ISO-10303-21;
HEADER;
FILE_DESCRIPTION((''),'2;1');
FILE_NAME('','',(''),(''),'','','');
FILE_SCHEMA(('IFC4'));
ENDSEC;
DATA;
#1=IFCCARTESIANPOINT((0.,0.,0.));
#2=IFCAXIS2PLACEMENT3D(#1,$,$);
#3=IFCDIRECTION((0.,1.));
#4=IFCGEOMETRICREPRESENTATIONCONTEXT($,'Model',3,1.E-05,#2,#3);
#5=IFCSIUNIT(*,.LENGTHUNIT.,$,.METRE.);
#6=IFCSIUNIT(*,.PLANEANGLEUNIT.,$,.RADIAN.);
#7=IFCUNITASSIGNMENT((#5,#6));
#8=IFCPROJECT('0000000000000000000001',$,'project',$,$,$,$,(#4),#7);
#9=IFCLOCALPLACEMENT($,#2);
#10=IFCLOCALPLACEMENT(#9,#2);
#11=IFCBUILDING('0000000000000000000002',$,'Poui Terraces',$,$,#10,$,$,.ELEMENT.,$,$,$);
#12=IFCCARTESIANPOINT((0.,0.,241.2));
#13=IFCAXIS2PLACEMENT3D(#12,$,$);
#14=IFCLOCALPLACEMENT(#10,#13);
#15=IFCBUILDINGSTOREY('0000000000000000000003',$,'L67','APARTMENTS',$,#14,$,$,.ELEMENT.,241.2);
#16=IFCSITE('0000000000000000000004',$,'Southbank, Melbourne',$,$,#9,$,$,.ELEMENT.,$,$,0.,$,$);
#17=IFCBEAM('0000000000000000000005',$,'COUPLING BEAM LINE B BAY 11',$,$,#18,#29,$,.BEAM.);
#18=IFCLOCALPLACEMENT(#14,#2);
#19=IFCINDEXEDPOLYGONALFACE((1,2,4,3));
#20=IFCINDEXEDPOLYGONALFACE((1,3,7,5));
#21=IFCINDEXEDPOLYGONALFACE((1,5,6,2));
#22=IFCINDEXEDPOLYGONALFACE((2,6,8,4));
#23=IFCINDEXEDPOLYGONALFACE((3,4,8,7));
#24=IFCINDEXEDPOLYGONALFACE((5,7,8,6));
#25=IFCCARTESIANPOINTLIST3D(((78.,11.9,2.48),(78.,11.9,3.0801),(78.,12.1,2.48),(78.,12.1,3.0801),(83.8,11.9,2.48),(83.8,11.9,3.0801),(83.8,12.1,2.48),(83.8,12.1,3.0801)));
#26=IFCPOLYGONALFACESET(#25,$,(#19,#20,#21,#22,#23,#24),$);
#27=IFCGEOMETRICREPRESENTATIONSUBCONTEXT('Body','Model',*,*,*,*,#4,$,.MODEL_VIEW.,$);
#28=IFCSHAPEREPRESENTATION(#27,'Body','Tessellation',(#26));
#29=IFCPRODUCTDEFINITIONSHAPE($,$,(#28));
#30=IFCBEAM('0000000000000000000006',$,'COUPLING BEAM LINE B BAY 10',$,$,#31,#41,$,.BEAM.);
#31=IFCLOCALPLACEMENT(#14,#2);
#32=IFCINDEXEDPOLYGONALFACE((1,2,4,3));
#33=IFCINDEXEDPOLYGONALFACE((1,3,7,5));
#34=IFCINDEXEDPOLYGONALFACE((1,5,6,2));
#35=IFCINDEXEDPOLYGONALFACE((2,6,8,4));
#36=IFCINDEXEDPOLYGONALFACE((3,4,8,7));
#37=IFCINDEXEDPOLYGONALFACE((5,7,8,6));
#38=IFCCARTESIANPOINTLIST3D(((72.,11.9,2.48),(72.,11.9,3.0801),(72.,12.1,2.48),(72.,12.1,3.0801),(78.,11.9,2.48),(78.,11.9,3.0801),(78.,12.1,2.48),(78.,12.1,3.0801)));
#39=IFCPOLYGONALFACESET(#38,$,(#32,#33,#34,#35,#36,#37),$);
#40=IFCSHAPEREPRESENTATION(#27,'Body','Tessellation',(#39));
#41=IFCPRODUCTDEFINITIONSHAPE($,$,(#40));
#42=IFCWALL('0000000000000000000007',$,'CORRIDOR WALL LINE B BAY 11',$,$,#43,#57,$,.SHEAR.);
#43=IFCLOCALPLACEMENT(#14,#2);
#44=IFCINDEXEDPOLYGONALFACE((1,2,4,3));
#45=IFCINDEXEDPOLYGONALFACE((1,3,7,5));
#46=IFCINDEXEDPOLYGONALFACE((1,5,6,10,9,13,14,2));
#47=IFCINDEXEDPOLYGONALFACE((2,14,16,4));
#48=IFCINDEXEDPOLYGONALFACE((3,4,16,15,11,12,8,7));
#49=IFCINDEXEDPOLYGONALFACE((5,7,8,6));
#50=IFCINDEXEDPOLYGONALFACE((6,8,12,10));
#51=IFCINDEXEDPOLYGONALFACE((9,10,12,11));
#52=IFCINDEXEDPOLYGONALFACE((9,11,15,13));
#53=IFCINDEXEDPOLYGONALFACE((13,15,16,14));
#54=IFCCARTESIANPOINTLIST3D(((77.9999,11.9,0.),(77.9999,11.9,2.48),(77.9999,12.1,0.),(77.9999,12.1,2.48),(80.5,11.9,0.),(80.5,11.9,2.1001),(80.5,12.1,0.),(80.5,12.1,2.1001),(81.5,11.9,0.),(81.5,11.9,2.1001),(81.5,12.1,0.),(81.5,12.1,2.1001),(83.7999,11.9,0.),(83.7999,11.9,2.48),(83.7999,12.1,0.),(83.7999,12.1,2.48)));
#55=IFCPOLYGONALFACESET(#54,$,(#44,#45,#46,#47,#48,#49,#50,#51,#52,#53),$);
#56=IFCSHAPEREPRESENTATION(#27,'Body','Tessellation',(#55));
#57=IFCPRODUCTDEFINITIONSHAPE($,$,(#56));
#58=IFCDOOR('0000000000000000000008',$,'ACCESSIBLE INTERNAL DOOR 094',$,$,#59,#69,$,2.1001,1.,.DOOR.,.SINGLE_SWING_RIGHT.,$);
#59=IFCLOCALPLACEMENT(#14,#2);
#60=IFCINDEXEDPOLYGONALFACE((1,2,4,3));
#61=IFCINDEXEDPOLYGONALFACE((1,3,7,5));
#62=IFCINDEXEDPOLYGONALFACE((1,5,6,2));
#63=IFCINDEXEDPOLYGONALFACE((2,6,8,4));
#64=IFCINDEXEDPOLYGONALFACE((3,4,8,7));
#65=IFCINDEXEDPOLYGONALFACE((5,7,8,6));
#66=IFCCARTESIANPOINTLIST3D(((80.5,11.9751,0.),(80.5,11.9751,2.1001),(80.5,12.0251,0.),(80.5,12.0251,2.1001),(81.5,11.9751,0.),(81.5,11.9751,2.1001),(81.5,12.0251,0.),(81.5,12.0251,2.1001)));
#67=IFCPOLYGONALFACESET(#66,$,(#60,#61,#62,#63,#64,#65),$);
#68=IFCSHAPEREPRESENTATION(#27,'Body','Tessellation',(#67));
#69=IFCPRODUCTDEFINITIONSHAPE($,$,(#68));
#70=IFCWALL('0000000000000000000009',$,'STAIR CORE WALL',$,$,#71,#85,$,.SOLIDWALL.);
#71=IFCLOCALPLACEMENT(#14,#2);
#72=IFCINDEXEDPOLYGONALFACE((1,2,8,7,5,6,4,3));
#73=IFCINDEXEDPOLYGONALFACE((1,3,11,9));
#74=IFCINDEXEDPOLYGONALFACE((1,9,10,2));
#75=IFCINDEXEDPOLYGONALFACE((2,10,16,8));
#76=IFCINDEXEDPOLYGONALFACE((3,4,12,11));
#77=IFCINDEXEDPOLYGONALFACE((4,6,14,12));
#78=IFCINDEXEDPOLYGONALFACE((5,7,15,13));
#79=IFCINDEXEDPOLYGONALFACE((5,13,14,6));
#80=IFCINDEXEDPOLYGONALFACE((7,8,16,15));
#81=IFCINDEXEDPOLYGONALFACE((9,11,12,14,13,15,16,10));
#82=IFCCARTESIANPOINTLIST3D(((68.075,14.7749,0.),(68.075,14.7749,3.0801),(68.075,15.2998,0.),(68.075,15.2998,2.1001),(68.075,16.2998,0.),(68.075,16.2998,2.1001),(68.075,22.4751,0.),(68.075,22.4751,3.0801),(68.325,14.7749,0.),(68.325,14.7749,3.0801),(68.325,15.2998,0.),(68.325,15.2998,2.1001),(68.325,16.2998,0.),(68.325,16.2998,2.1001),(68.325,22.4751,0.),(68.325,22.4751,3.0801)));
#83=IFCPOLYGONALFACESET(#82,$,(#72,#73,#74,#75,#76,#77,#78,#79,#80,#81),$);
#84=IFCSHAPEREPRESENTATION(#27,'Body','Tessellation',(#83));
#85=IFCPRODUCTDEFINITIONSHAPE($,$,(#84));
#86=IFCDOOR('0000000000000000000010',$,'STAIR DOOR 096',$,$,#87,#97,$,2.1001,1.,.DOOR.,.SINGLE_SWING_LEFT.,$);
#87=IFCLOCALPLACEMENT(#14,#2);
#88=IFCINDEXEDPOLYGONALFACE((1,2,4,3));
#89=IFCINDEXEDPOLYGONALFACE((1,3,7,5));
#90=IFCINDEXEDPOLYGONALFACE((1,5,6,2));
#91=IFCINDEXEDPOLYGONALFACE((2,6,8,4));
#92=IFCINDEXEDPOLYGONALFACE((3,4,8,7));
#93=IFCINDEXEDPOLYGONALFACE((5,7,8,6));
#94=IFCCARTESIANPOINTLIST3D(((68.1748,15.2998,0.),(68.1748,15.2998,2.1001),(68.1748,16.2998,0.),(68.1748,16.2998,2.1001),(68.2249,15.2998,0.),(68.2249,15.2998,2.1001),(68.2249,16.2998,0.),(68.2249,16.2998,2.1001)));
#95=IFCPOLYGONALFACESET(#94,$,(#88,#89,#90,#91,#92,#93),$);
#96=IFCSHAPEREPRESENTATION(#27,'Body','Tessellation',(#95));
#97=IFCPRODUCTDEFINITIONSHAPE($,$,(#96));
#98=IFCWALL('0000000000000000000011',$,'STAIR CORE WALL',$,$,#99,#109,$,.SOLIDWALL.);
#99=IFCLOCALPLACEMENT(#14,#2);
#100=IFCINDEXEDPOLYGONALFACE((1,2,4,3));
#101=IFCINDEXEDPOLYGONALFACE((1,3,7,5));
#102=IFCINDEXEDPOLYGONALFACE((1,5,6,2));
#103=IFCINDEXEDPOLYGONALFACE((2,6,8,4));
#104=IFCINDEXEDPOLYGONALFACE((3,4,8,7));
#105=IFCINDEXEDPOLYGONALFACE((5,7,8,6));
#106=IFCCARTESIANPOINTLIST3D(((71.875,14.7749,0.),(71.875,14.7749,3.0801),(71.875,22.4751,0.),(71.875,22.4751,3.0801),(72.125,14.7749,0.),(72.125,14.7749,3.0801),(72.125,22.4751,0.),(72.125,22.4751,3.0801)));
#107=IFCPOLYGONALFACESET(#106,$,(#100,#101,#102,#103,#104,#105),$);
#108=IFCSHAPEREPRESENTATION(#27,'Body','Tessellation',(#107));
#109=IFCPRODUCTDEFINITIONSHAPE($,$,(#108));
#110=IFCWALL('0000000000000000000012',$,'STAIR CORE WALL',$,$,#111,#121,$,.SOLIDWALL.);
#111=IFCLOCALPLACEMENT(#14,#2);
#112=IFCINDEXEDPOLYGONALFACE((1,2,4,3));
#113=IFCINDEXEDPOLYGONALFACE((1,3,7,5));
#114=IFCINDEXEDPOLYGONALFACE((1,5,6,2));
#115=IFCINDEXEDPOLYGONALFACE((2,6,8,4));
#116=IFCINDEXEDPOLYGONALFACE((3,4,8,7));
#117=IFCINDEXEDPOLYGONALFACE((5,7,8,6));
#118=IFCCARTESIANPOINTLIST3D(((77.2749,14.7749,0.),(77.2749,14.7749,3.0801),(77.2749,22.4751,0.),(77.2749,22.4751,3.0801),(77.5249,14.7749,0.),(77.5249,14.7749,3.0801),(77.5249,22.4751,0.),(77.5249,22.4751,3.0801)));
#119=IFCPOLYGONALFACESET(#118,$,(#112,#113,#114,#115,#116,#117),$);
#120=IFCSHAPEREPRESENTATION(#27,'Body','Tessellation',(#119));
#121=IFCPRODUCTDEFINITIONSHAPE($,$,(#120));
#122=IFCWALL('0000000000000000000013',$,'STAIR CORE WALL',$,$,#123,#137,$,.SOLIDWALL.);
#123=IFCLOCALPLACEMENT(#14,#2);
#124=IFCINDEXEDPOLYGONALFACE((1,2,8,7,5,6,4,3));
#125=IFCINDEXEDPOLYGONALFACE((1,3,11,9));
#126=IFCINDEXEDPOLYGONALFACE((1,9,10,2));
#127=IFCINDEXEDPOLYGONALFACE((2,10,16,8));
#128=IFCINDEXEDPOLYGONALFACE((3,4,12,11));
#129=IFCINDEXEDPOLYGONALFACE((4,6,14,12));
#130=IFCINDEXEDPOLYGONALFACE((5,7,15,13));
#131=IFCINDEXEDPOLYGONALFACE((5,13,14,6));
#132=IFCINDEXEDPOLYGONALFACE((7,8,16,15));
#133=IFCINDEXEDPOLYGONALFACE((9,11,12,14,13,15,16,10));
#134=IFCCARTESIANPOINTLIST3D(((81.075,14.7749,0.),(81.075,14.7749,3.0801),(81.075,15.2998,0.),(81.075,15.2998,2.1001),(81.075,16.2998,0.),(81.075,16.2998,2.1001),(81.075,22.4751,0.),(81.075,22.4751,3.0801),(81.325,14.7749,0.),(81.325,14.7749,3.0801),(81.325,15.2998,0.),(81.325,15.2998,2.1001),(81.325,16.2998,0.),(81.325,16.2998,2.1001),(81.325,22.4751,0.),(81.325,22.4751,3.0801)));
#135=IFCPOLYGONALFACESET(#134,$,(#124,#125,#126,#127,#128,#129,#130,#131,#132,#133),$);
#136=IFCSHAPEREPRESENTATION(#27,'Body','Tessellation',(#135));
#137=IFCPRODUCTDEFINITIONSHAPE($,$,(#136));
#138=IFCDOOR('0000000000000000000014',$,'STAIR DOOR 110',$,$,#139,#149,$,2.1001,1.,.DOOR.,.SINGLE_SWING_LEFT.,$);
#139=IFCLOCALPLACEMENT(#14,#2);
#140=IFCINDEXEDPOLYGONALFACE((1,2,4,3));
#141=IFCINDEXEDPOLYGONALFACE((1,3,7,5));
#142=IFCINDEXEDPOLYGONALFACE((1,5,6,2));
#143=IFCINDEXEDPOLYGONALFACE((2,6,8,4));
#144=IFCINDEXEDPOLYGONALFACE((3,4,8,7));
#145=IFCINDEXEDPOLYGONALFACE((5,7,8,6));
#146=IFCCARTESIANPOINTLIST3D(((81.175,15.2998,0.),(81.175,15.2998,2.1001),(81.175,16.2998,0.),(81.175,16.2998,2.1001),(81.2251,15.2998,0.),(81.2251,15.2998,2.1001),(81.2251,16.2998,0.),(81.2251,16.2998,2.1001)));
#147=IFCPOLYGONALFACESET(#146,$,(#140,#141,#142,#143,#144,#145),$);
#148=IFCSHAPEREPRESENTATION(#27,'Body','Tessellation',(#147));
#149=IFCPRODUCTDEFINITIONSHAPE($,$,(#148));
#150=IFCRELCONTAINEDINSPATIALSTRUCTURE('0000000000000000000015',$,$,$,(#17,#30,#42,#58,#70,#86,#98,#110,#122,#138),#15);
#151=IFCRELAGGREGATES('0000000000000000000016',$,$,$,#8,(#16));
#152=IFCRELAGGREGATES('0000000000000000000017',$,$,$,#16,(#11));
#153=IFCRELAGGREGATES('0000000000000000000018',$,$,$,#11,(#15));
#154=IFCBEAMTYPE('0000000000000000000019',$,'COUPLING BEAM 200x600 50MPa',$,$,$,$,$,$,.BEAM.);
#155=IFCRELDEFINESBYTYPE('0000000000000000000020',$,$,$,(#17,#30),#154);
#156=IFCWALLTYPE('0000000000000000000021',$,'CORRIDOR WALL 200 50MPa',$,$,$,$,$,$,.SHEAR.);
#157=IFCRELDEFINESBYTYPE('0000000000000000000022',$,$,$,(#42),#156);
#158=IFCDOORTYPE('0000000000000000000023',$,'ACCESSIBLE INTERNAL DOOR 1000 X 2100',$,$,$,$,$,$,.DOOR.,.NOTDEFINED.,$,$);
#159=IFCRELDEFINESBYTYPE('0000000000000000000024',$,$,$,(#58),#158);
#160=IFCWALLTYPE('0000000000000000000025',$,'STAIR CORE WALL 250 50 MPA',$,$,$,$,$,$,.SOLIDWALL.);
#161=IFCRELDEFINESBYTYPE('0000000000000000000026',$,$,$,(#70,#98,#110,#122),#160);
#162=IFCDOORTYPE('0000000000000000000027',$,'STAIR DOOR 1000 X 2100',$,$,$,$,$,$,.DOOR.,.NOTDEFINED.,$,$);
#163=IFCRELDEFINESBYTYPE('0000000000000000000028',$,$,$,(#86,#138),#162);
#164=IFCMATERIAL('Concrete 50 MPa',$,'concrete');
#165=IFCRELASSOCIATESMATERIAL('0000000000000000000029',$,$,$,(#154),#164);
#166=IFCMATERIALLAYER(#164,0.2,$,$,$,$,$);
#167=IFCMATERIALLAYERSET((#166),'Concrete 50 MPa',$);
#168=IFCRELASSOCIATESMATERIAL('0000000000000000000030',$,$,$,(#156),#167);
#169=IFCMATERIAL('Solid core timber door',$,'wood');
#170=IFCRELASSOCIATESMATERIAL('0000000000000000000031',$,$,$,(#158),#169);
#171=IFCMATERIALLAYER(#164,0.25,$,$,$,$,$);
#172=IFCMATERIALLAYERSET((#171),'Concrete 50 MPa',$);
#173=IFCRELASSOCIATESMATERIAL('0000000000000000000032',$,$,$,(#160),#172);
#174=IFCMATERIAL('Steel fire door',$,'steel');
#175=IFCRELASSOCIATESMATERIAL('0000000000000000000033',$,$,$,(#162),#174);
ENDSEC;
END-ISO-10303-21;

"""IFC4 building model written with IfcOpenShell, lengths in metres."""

from ifc_helpers import new_model, si_unit, direction, frame, frame_2d, origin, origin_2d, place, context, subcontext, project, spatial, rectangle, extrude, source, transform, mapped, material, layer, layer_set, material_profile, profile_set, type_object, element, fill, save


model = new_model("IFC4")

# Units and contexts
model_context = context("Model", 3, precision=1e-05, world=origin(), true_north=direction((0.0, 1.0)))
body_context = subcontext(model_context, "Body", "Model", "MODEL_VIEW")
ifc_project = project(units=[si_unit("LENGTHUNIT", "METRE"), si_unit("PLANEANGLEUNIT", "RADIAN")], contexts=[model_context])

# Site, building, storey
site_placement = place(None, origin())
site = spatial("IfcSite", under=ifc_project, at=site_placement, Name="Southbank, Melbourne", CompositionType="ELEMENT", RefElevation=0.0)
building_placement = place(site_placement, origin())
building = spatial("IfcBuilding", under=site, at=building_placement, Name="Poui Terraces", CompositionType="ELEMENT")
storey_placement = place(building_placement, frame((0.0, 0.0, 241.2)))
storey = spatial("IfcBuildingStorey", under=building, at=storey_placement, Name="L67", Description="APARTMENTS", CompositionType="ELEMENT", Elevation=241.2)

# Beams
ifc_material_1 = material(Name="Concrete 50 MPa", Category="concrete")
ifc_material_profile = material_profile(ifc_material_1, rectangle(XDim=0.2, YDim=0.6001, at=origin_2d()), Name="RC 200x600")
ifc_profile_set = profile_set([ifc_material_profile], Name="Concrete 50 MPa")
beam_type = type_object("IfcBeamType", Name="COUPLING BEAM 200x600 50MPa", PredefinedType="BEAM", material=ifc_profile_set)
shared_shape_1 = source(origin(), body_context, "Body", "SweptSolid", [
    extrude(rectangle(XDim=0.2, YDim=0.6001, at=origin_2d()), origin(), (0.0, 0.0, 1.0), 5.8),
])
beam_1_placement = place(storey_placement, frame((78.0, 12.0, 2.78), z_axis=(1.0, 0.0, 0.0), x_axis=(0.0, 1.0, 0.0)))
element("IfcBeam", 1, at=beam_1_placement, inside=storey, type_object=beam_type, Name="COUPLING BEAM LINE B BAY 11", PredefinedType="BEAM", context=body_context, shape_type="MappedRepresentation", body=[
    mapped(shared_shape_1, transform((0.0, 0.0, 0.0))),
])
shared_shape_2 = source(origin(), body_context, "Body", "SweptSolid", [
    extrude(rectangle(XDim=0.2, YDim=0.6001, at=origin_2d()), origin(), (0.0, 0.0, 1.0), 6.0),
])
beam_2_placement = place(storey_placement, frame((72.0, 12.0, 2.78), z_axis=(1.0, 0.0, 0.0), x_axis=(0.0, 1.0, 0.0)))
element("IfcBeam", 2, at=beam_2_placement, inside=storey, type_object=beam_type, Name="COUPLING BEAM LINE B BAY 10", PredefinedType="BEAM", context=body_context, shape_type="MappedRepresentation", body=[
    mapped(shared_shape_2, transform((0.0, 0.0, 0.0))),
])

# Walls, openings, doors
ifc_layer_1 = layer(ifc_material_1, 0.2)
ifc_layer_set_1 = layer_set([ifc_layer_1], Name="Concrete 50 MPa")
wall_type_1 = type_object("IfcWallType", Name="CORRIDOR WALL 200 50MPa", PredefinedType="SHEAR", material=ifc_layer_set_1)
wall_1_placement = place(storey_placement, frame((78.0, 12.0, 0.0), z_axis=(0.0, 0.0, 1.0), x_axis=(1.0, 0.0, 0.0)))
wall_1 = element("IfcWall", 3, at=wall_1_placement, inside=storey, type_object=wall_type_1, Name="CORRIDOR WALL LINE B BAY 11", PredefinedType="SHEAR", context=body_context, shape_type="SweptSolid", body=[
    extrude(rectangle(XDim=5.8, YDim=0.2, at=frame_2d((2.8999, 0.0))), origin(), (0.0, 0.0, 1.0), 2.48),
])
opening_1_placement = place(wall_1_placement, frame((2.5, 0.0, 0.0)))
opening_1 = element("IfcOpeningElement", 4, at=opening_1_placement, cuts=wall_1, PredefinedType="OPENING", context=body_context, shape_type="SweptSolid", body=[
    extrude(rectangle(XDim=1.0, YDim=2.1001, at=frame_2d((0.5, 1.05))), frame((0.0, 0.1099, 0.0), z_axis=(0.0, -1.0, 0.0), x_axis=(1.0, 0.0, 0.0)), (0.0, 0.0, 1.0), 0.22),
])
ifc_material_2 = material(Name="Solid core timber door", Category="wood")
door_type_1 = type_object("IfcDoorType", Name="ACCESSIBLE INTERNAL DOOR 1000 X 2100", OperationType="NOTDEFINED", PredefinedType="DOOR", material=ifc_material_2)
door_1_placement = place(opening_1_placement, frame((1.0, 0.0, 0.0), z_axis=(0.0, 0.0, 1.0), x_axis=(-1.0, 0.0, 0.0)))
door_1 = element("IfcDoor", 5, at=door_1_placement, inside=storey, type_object=door_type_1, Name="ACCESSIBLE INTERNAL DOOR 094", OperationType="SINGLE_SWING_RIGHT", OverallHeight=2.1001, OverallWidth=1.0, PredefinedType="DOOR", context=body_context, shape_type="SweptSolid", body=[
    extrude(rectangle(XDim=1.0, YDim=2.1001, at=frame_2d((0.5, 1.05))), frame((0.0, 0.0249, 0.0), z_axis=(0.0, -1.0, 0.0), x_axis=(1.0, 0.0, 0.0)), (0.0, 0.0, 1.0), 0.05),
])
fill(opening_1, door_1)
ifc_layer_2 = layer(ifc_material_1, 0.25)
ifc_layer_set_2 = layer_set([ifc_layer_2], Name="Concrete 50 MPa")
wall_type_2 = type_object("IfcWallType", Name="STAIR CORE WALL 250 50 MPA", PredefinedType="SOLIDWALL", material=ifc_layer_set_2)
wall_2_placement = place(storey_placement, frame((68.2, 14.7749, 0.0), z_axis=(0.0, 0.0, 1.0), x_axis=(0.0, 1.0, 0.0)))
wall_2 = element("IfcWall", 6, at=wall_2_placement, inside=storey, type_object=wall_type_2, Name="STAIR CORE WALL", PredefinedType="SOLIDWALL", context=body_context, shape_type="SweptSolid", body=[
    extrude(rectangle(XDim=7.7002, YDim=0.25, at=frame_2d((3.8501, 0.0))), origin(), (0.0, 0.0, 1.0), 3.0801),
])
opening_2_placement = place(wall_2_placement, frame((0.5249, 0.0, 0.0)))
opening_2 = element("IfcOpeningElement", 7, at=opening_2_placement, cuts=wall_2, PredefinedType="OPENING", context=body_context, shape_type="SweptSolid", body=[
    extrude(rectangle(XDim=1.0, YDim=2.1001, at=frame_2d((0.5, 1.05))), frame((0.0, 0.135, 0.0), z_axis=(0.0, -1.0, 0.0), x_axis=(1.0, 0.0, 0.0)), (0.0, 0.0, 1.0), 0.27),
])
ifc_material_3 = material(Name="Steel fire door", Category="steel")
door_type_2 = type_object("IfcDoorType", Name="STAIR DOOR 1000 X 2100", OperationType="NOTDEFINED", PredefinedType="DOOR", material=ifc_material_3)
door_2_placement = place(opening_2_placement, frame((1.0, 0.0, 0.0), z_axis=(0.0, 0.0, 1.0), x_axis=(-1.0, 0.0, 0.0)))
door_2 = element("IfcDoor", 8, at=door_2_placement, inside=storey, type_object=door_type_2, Name="STAIR DOOR 096", OperationType="SINGLE_SWING_LEFT", OverallHeight=2.1001, OverallWidth=1.0, PredefinedType="DOOR", context=body_context, shape_type="SweptSolid", body=[
    extrude(rectangle(XDim=1.0, YDim=2.1001, at=frame_2d((0.5, 1.05))), frame((0.0, 0.0249, 0.0), z_axis=(0.0, -1.0, 0.0), x_axis=(1.0, 0.0, 0.0)), (0.0, 0.0, 1.0), 0.05),
])
fill(opening_2, door_2)

# Walls
for number, where, z_axis, x_axis, name in (
    (9, (72.0, 14.7749, 0.0), (0.0, 0.0, 1.0), (0.0, 1.0, 0.0), "STAIR CORE WALL"),
    (10, (77.3999, 14.7749, 0.0), (0.0, 0.0, 1.0), (0.0, 1.0, 0.0), "STAIR CORE WALL"),
):
    element("IfcWall", number, at=place(storey_placement, frame(where, z_axis=z_axis, x_axis=x_axis)), inside=storey, type_object=wall_type_2, Name=name, PredefinedType="SOLIDWALL", context=body_context, shape_type="SweptSolid", body=[
        extrude(rectangle(XDim=7.7002, YDim=0.25, at=frame_2d((3.8501, 0.0))), origin(), (0.0, 0.0, 1.0), 3.0801),
    ])

# Wall, opening, door
wall_3_placement = place(storey_placement, frame((81.2, 14.7749, 0.0), z_axis=(0.0, 0.0, 1.0), x_axis=(0.0, 1.0, 0.0)))
wall_3 = element("IfcWall", 11, at=wall_3_placement, inside=storey, type_object=wall_type_2, Name="STAIR CORE WALL", PredefinedType="SOLIDWALL", context=body_context, shape_type="SweptSolid", body=[
    extrude(rectangle(XDim=7.7002, YDim=0.25, at=frame_2d((3.8501, 0.0))), origin(), (0.0, 0.0, 1.0), 3.0801),
])
opening_3_placement = place(wall_3_placement, frame((0.5249, 0.0, 0.0)))
opening_3 = element("IfcOpeningElement", 12, at=opening_3_placement, cuts=wall_3, PredefinedType="OPENING", context=body_context, shape_type="SweptSolid", body=[
    extrude(rectangle(XDim=1.0, YDim=2.1001, at=frame_2d((0.5, 1.05))), frame((0.0, 0.135, 0.0), z_axis=(0.0, -1.0, 0.0), x_axis=(1.0, 0.0, 0.0)), (0.0, 0.0, 1.0), 0.27),
])
door_3_placement = place(opening_3_placement, origin())
door_3 = element("IfcDoor", 13, at=door_3_placement, inside=storey, type_object=door_type_2, Name="STAIR DOOR 110", OperationType="SINGLE_SWING_LEFT", OverallHeight=2.1001, OverallWidth=1.0, PredefinedType="DOOR", context=body_context, shape_type="SweptSolid", body=[
    extrude(rectangle(XDim=1.0, YDim=2.1001, at=frame_2d((0.5, 1.05))), frame((0.0, 0.0249, 0.0), z_axis=(0.0, -1.0, 0.0), x_axis=(1.0, 0.0, 0.0)), (0.0, 0.0, 1.0), 0.05),
])
fill(opening_3, door_3)

save(model, "model.ifc")
